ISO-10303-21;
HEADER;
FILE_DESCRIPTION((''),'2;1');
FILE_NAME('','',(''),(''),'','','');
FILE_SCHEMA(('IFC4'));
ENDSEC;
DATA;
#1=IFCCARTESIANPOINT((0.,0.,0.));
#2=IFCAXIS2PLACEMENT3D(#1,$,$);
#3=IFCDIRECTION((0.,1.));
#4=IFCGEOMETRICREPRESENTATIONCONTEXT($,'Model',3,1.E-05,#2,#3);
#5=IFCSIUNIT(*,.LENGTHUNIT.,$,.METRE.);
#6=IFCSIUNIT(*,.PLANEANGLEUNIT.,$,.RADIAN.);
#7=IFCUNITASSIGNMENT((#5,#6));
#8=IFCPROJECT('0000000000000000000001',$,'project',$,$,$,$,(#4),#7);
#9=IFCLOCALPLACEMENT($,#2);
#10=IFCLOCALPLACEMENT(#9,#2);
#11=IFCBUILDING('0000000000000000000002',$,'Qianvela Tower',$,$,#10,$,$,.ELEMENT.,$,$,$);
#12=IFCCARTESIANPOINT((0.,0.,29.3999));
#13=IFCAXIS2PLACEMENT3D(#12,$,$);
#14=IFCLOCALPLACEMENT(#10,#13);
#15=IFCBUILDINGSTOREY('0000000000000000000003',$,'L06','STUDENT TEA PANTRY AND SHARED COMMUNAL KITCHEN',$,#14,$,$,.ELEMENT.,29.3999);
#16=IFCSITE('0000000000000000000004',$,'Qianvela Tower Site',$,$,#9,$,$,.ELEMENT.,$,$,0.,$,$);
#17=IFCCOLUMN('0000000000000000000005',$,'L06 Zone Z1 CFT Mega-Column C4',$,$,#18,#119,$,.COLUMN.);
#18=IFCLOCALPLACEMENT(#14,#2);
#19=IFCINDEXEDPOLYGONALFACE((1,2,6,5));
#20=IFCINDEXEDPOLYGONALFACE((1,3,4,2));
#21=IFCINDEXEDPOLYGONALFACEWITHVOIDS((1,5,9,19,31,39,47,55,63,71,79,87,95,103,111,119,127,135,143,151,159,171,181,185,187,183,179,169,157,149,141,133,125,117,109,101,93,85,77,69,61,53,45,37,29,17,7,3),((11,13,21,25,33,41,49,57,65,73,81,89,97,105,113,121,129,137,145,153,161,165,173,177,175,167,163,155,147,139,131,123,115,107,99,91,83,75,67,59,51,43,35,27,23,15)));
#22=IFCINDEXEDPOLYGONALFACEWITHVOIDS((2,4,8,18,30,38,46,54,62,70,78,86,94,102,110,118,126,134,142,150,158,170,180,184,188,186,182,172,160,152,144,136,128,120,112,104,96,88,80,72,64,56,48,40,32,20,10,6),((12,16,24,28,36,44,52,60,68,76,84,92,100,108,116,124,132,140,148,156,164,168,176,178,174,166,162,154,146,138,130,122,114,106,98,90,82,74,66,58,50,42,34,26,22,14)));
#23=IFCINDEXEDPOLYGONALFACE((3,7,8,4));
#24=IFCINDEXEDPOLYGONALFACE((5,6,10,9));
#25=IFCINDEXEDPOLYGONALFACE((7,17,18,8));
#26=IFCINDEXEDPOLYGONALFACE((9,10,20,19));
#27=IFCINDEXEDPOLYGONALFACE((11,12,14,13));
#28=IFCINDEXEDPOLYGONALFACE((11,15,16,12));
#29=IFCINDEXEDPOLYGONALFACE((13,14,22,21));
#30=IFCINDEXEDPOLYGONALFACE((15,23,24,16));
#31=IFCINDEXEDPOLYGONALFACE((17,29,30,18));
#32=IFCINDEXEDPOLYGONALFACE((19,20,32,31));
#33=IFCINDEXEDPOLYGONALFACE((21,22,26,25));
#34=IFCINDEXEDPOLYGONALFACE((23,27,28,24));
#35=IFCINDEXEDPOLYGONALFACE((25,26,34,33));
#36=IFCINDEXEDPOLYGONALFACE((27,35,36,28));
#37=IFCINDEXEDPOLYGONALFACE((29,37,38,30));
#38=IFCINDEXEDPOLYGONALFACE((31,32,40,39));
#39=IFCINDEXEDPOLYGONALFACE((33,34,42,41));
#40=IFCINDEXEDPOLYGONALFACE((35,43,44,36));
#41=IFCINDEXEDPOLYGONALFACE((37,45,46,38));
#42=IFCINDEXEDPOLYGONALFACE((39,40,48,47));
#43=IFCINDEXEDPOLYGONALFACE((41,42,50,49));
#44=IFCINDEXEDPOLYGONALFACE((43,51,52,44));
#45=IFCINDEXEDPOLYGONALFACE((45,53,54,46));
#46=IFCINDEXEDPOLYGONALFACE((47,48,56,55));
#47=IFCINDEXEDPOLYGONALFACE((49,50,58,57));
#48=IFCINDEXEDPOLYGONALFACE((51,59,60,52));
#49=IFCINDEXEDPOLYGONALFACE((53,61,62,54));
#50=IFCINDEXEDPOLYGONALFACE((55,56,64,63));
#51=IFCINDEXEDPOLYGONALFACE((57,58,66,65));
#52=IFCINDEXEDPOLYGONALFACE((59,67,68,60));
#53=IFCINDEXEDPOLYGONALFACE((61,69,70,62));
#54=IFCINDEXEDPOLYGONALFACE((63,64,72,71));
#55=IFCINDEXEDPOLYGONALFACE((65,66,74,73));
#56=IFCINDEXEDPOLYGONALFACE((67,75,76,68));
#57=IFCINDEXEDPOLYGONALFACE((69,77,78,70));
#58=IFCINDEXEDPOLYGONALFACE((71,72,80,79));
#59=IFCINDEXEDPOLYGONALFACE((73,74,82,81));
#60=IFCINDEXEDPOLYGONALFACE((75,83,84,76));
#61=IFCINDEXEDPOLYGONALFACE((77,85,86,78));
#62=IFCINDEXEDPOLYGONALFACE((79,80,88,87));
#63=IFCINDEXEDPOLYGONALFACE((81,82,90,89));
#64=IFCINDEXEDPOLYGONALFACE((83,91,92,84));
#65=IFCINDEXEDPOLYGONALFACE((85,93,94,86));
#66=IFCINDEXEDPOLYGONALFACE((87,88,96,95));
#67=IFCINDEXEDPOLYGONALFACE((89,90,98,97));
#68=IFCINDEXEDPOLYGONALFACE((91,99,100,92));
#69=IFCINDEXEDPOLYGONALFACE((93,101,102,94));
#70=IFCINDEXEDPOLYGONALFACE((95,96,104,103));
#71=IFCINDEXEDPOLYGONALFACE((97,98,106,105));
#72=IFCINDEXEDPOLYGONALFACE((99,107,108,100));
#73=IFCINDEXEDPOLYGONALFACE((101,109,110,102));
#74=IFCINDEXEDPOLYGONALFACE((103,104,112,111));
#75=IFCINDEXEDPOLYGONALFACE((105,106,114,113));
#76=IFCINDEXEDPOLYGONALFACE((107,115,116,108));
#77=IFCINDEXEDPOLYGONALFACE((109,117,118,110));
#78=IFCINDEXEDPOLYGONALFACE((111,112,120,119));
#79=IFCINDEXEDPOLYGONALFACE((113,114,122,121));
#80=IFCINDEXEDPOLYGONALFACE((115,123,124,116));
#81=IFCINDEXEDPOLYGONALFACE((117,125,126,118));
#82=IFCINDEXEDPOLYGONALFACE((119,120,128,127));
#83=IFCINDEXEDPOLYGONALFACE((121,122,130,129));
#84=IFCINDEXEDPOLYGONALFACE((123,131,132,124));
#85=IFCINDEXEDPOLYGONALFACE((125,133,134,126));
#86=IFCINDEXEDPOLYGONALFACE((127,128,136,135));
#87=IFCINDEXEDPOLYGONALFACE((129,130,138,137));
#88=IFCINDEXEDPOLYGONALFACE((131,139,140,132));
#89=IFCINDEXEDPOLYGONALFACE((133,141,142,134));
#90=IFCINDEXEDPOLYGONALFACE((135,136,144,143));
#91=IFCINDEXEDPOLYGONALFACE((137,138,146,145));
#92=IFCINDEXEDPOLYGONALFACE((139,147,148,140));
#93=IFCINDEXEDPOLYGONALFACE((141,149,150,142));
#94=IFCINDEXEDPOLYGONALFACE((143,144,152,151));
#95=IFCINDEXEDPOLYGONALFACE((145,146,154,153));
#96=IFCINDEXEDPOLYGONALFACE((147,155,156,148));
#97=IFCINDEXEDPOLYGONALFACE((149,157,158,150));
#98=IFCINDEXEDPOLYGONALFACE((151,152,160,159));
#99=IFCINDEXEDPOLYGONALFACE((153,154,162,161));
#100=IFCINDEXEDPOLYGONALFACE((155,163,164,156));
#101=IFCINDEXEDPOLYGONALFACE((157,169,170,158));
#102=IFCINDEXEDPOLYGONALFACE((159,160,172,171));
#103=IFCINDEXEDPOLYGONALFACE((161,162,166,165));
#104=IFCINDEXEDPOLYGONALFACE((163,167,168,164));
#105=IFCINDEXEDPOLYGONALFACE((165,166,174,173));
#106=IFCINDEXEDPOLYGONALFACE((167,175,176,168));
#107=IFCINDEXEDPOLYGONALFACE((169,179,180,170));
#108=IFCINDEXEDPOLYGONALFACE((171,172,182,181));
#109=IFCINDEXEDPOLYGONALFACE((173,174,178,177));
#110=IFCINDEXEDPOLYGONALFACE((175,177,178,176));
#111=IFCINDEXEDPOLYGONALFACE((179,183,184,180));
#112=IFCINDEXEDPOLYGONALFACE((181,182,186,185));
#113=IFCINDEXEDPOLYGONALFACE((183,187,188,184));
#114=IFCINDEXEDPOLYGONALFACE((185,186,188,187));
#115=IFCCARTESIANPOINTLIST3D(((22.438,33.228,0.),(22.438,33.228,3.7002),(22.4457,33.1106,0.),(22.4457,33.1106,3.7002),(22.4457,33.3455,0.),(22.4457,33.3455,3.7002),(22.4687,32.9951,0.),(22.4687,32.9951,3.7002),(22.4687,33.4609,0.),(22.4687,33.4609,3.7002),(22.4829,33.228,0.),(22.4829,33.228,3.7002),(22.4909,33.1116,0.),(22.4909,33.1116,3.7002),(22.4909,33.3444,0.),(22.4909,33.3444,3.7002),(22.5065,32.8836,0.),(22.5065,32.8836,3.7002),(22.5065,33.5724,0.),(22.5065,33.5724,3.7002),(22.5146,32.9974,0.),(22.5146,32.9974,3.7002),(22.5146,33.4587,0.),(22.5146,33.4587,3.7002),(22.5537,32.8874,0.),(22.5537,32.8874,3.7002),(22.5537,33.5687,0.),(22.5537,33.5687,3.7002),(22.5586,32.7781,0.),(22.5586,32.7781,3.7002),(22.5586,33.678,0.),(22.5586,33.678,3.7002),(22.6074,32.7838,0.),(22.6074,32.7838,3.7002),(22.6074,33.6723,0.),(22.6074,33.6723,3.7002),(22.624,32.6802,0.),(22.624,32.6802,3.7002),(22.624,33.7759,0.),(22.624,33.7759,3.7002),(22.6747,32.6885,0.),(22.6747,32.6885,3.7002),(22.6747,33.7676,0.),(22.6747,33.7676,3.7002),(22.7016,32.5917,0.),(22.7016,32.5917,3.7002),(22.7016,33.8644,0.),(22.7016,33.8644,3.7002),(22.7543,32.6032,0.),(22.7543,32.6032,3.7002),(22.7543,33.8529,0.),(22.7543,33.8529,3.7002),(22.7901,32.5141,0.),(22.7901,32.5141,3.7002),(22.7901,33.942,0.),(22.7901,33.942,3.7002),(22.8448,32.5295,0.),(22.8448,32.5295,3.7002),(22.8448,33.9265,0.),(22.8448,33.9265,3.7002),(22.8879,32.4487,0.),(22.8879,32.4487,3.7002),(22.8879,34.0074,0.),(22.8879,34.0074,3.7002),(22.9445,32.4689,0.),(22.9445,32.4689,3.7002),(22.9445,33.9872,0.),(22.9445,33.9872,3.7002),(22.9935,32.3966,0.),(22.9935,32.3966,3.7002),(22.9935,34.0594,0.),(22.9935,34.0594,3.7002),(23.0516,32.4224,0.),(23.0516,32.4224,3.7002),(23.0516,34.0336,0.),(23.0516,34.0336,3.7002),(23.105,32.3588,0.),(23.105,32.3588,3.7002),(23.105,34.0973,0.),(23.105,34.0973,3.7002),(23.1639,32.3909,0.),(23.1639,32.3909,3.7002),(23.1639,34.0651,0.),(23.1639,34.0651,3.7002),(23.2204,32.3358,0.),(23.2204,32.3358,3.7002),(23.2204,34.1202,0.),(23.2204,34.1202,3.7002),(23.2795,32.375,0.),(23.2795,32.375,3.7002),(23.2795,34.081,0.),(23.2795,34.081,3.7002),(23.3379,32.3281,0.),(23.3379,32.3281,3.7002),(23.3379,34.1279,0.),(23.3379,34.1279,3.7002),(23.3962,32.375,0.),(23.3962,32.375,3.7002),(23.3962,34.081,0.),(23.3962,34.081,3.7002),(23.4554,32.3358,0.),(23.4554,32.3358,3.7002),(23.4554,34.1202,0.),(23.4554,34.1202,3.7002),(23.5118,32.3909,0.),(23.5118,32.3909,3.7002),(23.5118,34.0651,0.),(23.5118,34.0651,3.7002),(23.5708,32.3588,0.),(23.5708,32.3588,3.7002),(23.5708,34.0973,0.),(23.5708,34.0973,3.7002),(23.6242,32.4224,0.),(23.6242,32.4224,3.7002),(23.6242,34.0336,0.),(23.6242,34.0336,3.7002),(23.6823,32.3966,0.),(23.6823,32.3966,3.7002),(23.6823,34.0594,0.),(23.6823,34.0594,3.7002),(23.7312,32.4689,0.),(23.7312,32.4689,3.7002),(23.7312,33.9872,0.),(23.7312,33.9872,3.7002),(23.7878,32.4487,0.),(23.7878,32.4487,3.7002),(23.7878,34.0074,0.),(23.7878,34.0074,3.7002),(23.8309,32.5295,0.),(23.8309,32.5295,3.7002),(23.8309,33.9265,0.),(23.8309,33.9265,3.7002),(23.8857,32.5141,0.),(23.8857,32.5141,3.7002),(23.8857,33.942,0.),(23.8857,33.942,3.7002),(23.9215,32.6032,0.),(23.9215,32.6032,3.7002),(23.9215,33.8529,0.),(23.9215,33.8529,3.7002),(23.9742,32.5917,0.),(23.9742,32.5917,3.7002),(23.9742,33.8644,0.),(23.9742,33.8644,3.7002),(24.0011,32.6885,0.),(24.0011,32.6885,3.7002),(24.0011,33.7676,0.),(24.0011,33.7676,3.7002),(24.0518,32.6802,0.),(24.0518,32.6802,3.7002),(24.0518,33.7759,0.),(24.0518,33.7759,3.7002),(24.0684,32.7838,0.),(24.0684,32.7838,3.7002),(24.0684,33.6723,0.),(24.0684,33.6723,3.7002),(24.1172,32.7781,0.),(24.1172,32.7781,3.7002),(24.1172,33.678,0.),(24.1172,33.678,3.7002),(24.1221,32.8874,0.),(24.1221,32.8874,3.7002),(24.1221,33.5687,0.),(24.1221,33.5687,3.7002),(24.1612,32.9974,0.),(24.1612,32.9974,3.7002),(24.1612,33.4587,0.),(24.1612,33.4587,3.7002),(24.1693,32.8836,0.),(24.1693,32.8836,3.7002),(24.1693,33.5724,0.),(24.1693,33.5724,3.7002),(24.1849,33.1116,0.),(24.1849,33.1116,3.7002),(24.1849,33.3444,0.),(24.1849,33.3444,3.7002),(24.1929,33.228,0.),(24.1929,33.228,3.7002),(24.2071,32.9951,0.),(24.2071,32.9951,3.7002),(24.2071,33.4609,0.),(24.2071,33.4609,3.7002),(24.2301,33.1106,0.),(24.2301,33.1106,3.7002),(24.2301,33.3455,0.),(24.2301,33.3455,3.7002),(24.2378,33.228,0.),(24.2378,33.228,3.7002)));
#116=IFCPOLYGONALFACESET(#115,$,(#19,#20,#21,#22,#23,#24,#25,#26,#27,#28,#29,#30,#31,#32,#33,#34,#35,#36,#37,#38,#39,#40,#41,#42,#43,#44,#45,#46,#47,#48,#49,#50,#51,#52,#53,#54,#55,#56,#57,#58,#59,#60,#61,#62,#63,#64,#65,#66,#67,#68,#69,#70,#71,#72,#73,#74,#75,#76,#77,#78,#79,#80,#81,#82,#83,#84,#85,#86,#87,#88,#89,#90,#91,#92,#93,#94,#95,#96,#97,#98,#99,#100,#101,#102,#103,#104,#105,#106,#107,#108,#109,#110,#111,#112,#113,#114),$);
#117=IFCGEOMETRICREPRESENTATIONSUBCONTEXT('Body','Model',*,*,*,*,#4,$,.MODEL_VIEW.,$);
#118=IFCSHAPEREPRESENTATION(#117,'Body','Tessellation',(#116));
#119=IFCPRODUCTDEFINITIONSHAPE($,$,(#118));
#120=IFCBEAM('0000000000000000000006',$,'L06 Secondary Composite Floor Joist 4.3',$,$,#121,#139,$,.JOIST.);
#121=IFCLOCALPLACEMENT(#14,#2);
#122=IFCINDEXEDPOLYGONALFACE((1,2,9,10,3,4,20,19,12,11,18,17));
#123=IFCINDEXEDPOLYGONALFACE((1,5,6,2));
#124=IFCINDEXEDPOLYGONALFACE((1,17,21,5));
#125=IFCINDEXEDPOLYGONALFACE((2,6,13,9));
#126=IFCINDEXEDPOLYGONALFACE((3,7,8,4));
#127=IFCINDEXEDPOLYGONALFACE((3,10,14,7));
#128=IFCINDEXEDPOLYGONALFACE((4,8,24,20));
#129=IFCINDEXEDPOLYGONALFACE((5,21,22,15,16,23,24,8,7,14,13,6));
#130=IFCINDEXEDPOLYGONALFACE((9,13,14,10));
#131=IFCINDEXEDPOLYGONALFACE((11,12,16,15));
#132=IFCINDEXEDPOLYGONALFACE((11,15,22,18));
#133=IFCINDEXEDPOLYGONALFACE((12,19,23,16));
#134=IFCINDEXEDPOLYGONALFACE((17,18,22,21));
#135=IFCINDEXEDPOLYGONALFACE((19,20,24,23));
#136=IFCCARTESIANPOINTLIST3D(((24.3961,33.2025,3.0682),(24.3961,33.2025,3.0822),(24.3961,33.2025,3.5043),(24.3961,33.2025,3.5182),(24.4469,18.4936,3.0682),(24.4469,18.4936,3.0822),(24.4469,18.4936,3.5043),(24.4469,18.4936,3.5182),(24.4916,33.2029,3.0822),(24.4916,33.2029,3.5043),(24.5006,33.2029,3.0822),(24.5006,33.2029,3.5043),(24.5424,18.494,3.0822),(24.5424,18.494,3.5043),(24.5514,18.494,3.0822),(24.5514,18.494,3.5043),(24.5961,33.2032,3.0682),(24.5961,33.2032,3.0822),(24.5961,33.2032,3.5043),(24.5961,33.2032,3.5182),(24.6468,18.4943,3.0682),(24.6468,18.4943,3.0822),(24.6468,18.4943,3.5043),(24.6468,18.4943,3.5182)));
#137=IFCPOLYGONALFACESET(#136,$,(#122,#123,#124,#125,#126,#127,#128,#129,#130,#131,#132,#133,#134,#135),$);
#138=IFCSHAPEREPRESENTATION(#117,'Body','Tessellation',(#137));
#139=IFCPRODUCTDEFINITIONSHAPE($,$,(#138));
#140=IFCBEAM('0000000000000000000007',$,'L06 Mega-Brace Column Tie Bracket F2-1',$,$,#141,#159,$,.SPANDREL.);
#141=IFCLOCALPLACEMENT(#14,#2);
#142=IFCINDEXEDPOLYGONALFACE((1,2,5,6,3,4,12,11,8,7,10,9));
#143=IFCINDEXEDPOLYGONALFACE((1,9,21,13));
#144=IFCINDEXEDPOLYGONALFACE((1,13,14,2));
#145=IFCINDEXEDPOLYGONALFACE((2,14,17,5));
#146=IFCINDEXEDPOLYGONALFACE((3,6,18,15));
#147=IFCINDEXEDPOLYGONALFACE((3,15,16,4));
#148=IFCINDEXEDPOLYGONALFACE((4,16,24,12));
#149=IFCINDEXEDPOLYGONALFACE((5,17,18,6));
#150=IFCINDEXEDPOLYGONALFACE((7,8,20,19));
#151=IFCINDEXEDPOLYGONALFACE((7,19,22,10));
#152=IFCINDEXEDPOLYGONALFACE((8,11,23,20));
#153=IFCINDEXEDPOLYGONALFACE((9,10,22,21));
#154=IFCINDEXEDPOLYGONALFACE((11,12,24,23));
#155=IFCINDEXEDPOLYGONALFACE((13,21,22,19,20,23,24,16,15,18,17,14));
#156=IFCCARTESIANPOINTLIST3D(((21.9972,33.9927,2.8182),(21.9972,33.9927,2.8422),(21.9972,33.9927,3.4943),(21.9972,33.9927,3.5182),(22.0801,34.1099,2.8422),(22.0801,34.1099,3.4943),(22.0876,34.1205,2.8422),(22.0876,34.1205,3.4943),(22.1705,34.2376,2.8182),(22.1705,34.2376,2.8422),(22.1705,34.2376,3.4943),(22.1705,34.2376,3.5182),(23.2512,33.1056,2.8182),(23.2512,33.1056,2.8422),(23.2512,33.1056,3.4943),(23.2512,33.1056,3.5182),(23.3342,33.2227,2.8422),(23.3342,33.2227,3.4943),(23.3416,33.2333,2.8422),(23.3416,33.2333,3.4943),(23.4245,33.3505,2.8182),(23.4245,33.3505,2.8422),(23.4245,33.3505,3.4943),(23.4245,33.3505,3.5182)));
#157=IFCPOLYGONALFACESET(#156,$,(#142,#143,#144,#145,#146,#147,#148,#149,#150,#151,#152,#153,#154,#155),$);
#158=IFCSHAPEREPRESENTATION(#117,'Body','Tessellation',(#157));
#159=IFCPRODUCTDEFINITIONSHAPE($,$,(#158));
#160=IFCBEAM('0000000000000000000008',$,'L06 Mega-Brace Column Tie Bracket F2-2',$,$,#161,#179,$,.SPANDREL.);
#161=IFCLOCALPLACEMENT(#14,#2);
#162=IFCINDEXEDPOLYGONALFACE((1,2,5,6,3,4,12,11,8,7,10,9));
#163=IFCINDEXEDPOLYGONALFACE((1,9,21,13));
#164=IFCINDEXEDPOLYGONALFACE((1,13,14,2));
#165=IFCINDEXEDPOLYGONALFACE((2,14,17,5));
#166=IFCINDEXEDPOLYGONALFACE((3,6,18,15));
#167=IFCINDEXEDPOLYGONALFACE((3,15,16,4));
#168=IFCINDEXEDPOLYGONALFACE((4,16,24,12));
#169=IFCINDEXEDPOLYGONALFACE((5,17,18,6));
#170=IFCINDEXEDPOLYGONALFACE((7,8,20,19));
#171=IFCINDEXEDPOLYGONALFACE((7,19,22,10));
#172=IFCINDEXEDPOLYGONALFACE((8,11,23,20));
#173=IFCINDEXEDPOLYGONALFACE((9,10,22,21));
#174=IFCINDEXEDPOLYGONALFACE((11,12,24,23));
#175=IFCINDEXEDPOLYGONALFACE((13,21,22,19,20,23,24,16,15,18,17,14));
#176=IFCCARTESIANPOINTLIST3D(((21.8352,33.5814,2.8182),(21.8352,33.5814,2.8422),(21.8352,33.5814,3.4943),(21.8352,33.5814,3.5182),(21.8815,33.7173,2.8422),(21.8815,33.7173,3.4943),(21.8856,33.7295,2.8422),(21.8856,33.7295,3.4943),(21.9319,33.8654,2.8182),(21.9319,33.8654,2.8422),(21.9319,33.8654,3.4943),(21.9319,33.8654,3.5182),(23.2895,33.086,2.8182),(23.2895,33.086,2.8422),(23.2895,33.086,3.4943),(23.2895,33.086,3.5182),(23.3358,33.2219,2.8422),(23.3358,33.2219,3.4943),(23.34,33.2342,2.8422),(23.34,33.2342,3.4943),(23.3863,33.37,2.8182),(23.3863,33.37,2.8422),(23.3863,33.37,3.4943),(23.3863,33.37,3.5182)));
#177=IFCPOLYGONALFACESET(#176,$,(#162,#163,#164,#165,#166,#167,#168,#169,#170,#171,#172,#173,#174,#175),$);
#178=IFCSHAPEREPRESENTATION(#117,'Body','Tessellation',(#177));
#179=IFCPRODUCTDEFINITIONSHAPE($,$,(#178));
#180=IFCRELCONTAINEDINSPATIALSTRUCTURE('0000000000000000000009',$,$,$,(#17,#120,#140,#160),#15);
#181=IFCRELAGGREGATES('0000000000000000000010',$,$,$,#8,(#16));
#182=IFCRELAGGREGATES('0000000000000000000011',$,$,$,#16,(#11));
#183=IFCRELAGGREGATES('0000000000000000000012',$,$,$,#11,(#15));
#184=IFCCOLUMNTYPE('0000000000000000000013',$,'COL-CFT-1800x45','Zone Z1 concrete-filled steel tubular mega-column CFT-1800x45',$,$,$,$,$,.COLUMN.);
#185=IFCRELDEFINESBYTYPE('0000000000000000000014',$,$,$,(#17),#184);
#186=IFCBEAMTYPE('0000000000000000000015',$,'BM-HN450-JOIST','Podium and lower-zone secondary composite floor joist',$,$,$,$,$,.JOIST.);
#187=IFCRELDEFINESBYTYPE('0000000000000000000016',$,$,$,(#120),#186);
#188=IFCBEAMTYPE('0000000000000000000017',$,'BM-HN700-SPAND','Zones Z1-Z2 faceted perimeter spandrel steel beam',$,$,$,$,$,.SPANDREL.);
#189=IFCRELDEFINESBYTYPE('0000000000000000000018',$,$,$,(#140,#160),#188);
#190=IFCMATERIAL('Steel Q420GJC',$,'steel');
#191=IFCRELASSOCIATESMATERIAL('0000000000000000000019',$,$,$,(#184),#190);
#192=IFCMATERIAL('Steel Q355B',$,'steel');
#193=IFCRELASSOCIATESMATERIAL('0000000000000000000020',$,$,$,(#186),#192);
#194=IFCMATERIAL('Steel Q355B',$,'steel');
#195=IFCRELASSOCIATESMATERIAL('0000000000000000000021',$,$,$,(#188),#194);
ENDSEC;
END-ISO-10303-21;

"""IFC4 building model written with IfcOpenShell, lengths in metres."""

from ifc_helpers import new_model, si_unit, direction, frame, origin, origin_2d, place, context, subcontext, project, spatial, hollow_circle, i_section, extrude, material, material_profile, profile_set, type_object, element, save


model = new_model("IFC4")

# Units and contexts
model_context = context("Model", 3, precision=1e-05, world=origin(), true_north=direction((0.0, 1.0)))
body_context = subcontext(model_context, "Body", "Model", "MODEL_VIEW")
ifc_project = project(units=[si_unit("LENGTHUNIT", "METRE"), si_unit("PLANEANGLEUNIT", "RADIAN")], contexts=[model_context])

# Site, building, storey
site_placement = place(None, origin())
site = spatial("IfcSite", under=ifc_project, at=site_placement, Name="Qianvela Tower Site", CompositionType="ELEMENT", RefElevation=0.0)
building_placement = place(site_placement, origin())
building = spatial("IfcBuilding", under=site, at=building_placement, Name="Qianvela Tower", CompositionType="ELEMENT")
storey_placement = place(building_placement, frame((0.0, 0.0, 29.3999)))
storey = spatial("IfcBuildingStorey", under=building, at=storey_placement, Name="L06", Description="STUDENT TEA PANTRY AND SHARED COMMUNAL KITCHEN", CompositionType="ELEMENT", Elevation=29.3999)

# Column
ifc_material_1 = material(Name="Steel Q420GJC", Category="steel")
ifc_material_profile_1 = material_profile(ifc_material_1, hollow_circle(Radius=0.8999, WallThickness=0.0449, at=origin_2d()), Name="CFT-1800x45")
ifc_profile_set_1 = profile_set([ifc_material_profile_1], Name="Steel Q420GJC")
column_type = type_object("IfcColumnType", Name="COL-CFT-1800x45", Description="Zone Z1 concrete-filled steel tubular mega-column CFT-1800x45", PredefinedType="COLUMN", material=ifc_profile_set_1)
column_placement = place(storey_placement, frame((23.3379, 33.228, 0.0), z_axis=(0.0, 0.0, 1.0), x_axis=(1.0, 0.0, 0.0)))
element("IfcColumn", 1, at=column_placement, inside=storey, type_object=column_type, Name="L06 Zone Z1 CFT Mega-Column C4", PredefinedType="COLUMN", context=body_context, shape_type="SweptSolid", body=[
    extrude(hollow_circle(Radius=0.8999, WallThickness=0.0449, at=origin_2d()), origin(), (0.0, 0.0, 1.0), 3.7002),
])

# Beams
ifc_material_2 = material(Name="Steel Q355B", Category="steel")
ifc_material_profile_2 = material_profile(ifc_material_2, i_section(OverallWidth=0.2, OverallDepth=0.45, WebThickness=0.009, FlangeThickness=0.0139, at=origin_2d()), Name="HN450x200x9x14")
ifc_profile_set_2 = profile_set([ifc_material_profile_2], Name="Steel Q355B")
beam_type_1 = type_object("IfcBeamType", Name="BM-HN450-JOIST", Description="Podium and lower-zone secondary composite floor joist", PredefinedType="JOIST", material=ifc_profile_set_2)
beam_1_placement = place(storey_placement, frame((24.4961, 33.2029, 3.2932), z_axis=(0.003452, -0.999994, 0.0), x_axis=(0.999994, 0.003452, 0.0)))
element("IfcBeam", 2, at=beam_1_placement, inside=storey, type_object=beam_type_1, Name="L06 Secondary Composite Floor Joist 4.3", PredefinedType="JOIST", context=body_context, shape_type="SweptSolid", body=[
    extrude(i_section(OverallWidth=0.2, OverallDepth=0.45, WebThickness=0.009, FlangeThickness=0.0139, at=origin_2d()), origin(), (0.0, 0.0, 1.0), 14.709),
])
ifc_material_3 = material(Name="Steel Q355B", Category="steel")
ifc_material_profile_3 = material_profile(ifc_material_3, i_section(OverallWidth=0.3, OverallDepth=0.7, WebThickness=0.0129, FlangeThickness=0.0239, at=origin_2d()), Name="HN700x300x13x24")
ifc_profile_set_3 = profile_set([ifc_material_profile_3], Name="Steel Q355B")
beam_type_2 = type_object("IfcBeamType", Name="BM-HN700-SPAND", Description="Zones Z1-Z2 faceted perimeter spandrel steel beam", PredefinedType="SPANDREL", material=ifc_profile_set_3)
beam_2_placement = place(storey_placement, frame((23.3379, 33.228, 3.1682), z_axis=(-0.816377, 0.577519, 0.0), x_axis=(-0.577519, -0.816377, 0.0)))
element("IfcBeam", 3, at=beam_2_placement, inside=storey, type_object=beam_type_2, Name="L06 Mega-Brace Column Tie Bracket F2-1", PredefinedType="SPANDREL", context=body_context, shape_type="SweptSolid", body=[
    extrude(i_section(OverallWidth=0.3, OverallDepth=0.7, WebThickness=0.0129, FlangeThickness=0.0239, at=origin_2d()), origin(), (0.0, 0.0, 1.0), 1.5361),
])
beam_3_placement = place(storey_placement, frame((23.3379, 33.228, 3.1682), z_axis=(-0.946597, 0.322418, 0.0), x_axis=(-0.322418, -0.946597, 0.0)))
element("IfcBeam", 4, at=beam_3_placement, inside=storey, type_object=beam_type_2, Name="L06 Mega-Brace Column Tie Bracket F2-2", PredefinedType="SPANDREL", context=body_context, shape_type="SweptSolid", body=[
    extrude(i_section(OverallWidth=0.3, OverallDepth=0.7, WebThickness=0.0129, FlangeThickness=0.0239, at=origin_2d()), origin(), (0.0, 0.0, 1.0), 1.5364),
])

save(model, "model.ifc")
